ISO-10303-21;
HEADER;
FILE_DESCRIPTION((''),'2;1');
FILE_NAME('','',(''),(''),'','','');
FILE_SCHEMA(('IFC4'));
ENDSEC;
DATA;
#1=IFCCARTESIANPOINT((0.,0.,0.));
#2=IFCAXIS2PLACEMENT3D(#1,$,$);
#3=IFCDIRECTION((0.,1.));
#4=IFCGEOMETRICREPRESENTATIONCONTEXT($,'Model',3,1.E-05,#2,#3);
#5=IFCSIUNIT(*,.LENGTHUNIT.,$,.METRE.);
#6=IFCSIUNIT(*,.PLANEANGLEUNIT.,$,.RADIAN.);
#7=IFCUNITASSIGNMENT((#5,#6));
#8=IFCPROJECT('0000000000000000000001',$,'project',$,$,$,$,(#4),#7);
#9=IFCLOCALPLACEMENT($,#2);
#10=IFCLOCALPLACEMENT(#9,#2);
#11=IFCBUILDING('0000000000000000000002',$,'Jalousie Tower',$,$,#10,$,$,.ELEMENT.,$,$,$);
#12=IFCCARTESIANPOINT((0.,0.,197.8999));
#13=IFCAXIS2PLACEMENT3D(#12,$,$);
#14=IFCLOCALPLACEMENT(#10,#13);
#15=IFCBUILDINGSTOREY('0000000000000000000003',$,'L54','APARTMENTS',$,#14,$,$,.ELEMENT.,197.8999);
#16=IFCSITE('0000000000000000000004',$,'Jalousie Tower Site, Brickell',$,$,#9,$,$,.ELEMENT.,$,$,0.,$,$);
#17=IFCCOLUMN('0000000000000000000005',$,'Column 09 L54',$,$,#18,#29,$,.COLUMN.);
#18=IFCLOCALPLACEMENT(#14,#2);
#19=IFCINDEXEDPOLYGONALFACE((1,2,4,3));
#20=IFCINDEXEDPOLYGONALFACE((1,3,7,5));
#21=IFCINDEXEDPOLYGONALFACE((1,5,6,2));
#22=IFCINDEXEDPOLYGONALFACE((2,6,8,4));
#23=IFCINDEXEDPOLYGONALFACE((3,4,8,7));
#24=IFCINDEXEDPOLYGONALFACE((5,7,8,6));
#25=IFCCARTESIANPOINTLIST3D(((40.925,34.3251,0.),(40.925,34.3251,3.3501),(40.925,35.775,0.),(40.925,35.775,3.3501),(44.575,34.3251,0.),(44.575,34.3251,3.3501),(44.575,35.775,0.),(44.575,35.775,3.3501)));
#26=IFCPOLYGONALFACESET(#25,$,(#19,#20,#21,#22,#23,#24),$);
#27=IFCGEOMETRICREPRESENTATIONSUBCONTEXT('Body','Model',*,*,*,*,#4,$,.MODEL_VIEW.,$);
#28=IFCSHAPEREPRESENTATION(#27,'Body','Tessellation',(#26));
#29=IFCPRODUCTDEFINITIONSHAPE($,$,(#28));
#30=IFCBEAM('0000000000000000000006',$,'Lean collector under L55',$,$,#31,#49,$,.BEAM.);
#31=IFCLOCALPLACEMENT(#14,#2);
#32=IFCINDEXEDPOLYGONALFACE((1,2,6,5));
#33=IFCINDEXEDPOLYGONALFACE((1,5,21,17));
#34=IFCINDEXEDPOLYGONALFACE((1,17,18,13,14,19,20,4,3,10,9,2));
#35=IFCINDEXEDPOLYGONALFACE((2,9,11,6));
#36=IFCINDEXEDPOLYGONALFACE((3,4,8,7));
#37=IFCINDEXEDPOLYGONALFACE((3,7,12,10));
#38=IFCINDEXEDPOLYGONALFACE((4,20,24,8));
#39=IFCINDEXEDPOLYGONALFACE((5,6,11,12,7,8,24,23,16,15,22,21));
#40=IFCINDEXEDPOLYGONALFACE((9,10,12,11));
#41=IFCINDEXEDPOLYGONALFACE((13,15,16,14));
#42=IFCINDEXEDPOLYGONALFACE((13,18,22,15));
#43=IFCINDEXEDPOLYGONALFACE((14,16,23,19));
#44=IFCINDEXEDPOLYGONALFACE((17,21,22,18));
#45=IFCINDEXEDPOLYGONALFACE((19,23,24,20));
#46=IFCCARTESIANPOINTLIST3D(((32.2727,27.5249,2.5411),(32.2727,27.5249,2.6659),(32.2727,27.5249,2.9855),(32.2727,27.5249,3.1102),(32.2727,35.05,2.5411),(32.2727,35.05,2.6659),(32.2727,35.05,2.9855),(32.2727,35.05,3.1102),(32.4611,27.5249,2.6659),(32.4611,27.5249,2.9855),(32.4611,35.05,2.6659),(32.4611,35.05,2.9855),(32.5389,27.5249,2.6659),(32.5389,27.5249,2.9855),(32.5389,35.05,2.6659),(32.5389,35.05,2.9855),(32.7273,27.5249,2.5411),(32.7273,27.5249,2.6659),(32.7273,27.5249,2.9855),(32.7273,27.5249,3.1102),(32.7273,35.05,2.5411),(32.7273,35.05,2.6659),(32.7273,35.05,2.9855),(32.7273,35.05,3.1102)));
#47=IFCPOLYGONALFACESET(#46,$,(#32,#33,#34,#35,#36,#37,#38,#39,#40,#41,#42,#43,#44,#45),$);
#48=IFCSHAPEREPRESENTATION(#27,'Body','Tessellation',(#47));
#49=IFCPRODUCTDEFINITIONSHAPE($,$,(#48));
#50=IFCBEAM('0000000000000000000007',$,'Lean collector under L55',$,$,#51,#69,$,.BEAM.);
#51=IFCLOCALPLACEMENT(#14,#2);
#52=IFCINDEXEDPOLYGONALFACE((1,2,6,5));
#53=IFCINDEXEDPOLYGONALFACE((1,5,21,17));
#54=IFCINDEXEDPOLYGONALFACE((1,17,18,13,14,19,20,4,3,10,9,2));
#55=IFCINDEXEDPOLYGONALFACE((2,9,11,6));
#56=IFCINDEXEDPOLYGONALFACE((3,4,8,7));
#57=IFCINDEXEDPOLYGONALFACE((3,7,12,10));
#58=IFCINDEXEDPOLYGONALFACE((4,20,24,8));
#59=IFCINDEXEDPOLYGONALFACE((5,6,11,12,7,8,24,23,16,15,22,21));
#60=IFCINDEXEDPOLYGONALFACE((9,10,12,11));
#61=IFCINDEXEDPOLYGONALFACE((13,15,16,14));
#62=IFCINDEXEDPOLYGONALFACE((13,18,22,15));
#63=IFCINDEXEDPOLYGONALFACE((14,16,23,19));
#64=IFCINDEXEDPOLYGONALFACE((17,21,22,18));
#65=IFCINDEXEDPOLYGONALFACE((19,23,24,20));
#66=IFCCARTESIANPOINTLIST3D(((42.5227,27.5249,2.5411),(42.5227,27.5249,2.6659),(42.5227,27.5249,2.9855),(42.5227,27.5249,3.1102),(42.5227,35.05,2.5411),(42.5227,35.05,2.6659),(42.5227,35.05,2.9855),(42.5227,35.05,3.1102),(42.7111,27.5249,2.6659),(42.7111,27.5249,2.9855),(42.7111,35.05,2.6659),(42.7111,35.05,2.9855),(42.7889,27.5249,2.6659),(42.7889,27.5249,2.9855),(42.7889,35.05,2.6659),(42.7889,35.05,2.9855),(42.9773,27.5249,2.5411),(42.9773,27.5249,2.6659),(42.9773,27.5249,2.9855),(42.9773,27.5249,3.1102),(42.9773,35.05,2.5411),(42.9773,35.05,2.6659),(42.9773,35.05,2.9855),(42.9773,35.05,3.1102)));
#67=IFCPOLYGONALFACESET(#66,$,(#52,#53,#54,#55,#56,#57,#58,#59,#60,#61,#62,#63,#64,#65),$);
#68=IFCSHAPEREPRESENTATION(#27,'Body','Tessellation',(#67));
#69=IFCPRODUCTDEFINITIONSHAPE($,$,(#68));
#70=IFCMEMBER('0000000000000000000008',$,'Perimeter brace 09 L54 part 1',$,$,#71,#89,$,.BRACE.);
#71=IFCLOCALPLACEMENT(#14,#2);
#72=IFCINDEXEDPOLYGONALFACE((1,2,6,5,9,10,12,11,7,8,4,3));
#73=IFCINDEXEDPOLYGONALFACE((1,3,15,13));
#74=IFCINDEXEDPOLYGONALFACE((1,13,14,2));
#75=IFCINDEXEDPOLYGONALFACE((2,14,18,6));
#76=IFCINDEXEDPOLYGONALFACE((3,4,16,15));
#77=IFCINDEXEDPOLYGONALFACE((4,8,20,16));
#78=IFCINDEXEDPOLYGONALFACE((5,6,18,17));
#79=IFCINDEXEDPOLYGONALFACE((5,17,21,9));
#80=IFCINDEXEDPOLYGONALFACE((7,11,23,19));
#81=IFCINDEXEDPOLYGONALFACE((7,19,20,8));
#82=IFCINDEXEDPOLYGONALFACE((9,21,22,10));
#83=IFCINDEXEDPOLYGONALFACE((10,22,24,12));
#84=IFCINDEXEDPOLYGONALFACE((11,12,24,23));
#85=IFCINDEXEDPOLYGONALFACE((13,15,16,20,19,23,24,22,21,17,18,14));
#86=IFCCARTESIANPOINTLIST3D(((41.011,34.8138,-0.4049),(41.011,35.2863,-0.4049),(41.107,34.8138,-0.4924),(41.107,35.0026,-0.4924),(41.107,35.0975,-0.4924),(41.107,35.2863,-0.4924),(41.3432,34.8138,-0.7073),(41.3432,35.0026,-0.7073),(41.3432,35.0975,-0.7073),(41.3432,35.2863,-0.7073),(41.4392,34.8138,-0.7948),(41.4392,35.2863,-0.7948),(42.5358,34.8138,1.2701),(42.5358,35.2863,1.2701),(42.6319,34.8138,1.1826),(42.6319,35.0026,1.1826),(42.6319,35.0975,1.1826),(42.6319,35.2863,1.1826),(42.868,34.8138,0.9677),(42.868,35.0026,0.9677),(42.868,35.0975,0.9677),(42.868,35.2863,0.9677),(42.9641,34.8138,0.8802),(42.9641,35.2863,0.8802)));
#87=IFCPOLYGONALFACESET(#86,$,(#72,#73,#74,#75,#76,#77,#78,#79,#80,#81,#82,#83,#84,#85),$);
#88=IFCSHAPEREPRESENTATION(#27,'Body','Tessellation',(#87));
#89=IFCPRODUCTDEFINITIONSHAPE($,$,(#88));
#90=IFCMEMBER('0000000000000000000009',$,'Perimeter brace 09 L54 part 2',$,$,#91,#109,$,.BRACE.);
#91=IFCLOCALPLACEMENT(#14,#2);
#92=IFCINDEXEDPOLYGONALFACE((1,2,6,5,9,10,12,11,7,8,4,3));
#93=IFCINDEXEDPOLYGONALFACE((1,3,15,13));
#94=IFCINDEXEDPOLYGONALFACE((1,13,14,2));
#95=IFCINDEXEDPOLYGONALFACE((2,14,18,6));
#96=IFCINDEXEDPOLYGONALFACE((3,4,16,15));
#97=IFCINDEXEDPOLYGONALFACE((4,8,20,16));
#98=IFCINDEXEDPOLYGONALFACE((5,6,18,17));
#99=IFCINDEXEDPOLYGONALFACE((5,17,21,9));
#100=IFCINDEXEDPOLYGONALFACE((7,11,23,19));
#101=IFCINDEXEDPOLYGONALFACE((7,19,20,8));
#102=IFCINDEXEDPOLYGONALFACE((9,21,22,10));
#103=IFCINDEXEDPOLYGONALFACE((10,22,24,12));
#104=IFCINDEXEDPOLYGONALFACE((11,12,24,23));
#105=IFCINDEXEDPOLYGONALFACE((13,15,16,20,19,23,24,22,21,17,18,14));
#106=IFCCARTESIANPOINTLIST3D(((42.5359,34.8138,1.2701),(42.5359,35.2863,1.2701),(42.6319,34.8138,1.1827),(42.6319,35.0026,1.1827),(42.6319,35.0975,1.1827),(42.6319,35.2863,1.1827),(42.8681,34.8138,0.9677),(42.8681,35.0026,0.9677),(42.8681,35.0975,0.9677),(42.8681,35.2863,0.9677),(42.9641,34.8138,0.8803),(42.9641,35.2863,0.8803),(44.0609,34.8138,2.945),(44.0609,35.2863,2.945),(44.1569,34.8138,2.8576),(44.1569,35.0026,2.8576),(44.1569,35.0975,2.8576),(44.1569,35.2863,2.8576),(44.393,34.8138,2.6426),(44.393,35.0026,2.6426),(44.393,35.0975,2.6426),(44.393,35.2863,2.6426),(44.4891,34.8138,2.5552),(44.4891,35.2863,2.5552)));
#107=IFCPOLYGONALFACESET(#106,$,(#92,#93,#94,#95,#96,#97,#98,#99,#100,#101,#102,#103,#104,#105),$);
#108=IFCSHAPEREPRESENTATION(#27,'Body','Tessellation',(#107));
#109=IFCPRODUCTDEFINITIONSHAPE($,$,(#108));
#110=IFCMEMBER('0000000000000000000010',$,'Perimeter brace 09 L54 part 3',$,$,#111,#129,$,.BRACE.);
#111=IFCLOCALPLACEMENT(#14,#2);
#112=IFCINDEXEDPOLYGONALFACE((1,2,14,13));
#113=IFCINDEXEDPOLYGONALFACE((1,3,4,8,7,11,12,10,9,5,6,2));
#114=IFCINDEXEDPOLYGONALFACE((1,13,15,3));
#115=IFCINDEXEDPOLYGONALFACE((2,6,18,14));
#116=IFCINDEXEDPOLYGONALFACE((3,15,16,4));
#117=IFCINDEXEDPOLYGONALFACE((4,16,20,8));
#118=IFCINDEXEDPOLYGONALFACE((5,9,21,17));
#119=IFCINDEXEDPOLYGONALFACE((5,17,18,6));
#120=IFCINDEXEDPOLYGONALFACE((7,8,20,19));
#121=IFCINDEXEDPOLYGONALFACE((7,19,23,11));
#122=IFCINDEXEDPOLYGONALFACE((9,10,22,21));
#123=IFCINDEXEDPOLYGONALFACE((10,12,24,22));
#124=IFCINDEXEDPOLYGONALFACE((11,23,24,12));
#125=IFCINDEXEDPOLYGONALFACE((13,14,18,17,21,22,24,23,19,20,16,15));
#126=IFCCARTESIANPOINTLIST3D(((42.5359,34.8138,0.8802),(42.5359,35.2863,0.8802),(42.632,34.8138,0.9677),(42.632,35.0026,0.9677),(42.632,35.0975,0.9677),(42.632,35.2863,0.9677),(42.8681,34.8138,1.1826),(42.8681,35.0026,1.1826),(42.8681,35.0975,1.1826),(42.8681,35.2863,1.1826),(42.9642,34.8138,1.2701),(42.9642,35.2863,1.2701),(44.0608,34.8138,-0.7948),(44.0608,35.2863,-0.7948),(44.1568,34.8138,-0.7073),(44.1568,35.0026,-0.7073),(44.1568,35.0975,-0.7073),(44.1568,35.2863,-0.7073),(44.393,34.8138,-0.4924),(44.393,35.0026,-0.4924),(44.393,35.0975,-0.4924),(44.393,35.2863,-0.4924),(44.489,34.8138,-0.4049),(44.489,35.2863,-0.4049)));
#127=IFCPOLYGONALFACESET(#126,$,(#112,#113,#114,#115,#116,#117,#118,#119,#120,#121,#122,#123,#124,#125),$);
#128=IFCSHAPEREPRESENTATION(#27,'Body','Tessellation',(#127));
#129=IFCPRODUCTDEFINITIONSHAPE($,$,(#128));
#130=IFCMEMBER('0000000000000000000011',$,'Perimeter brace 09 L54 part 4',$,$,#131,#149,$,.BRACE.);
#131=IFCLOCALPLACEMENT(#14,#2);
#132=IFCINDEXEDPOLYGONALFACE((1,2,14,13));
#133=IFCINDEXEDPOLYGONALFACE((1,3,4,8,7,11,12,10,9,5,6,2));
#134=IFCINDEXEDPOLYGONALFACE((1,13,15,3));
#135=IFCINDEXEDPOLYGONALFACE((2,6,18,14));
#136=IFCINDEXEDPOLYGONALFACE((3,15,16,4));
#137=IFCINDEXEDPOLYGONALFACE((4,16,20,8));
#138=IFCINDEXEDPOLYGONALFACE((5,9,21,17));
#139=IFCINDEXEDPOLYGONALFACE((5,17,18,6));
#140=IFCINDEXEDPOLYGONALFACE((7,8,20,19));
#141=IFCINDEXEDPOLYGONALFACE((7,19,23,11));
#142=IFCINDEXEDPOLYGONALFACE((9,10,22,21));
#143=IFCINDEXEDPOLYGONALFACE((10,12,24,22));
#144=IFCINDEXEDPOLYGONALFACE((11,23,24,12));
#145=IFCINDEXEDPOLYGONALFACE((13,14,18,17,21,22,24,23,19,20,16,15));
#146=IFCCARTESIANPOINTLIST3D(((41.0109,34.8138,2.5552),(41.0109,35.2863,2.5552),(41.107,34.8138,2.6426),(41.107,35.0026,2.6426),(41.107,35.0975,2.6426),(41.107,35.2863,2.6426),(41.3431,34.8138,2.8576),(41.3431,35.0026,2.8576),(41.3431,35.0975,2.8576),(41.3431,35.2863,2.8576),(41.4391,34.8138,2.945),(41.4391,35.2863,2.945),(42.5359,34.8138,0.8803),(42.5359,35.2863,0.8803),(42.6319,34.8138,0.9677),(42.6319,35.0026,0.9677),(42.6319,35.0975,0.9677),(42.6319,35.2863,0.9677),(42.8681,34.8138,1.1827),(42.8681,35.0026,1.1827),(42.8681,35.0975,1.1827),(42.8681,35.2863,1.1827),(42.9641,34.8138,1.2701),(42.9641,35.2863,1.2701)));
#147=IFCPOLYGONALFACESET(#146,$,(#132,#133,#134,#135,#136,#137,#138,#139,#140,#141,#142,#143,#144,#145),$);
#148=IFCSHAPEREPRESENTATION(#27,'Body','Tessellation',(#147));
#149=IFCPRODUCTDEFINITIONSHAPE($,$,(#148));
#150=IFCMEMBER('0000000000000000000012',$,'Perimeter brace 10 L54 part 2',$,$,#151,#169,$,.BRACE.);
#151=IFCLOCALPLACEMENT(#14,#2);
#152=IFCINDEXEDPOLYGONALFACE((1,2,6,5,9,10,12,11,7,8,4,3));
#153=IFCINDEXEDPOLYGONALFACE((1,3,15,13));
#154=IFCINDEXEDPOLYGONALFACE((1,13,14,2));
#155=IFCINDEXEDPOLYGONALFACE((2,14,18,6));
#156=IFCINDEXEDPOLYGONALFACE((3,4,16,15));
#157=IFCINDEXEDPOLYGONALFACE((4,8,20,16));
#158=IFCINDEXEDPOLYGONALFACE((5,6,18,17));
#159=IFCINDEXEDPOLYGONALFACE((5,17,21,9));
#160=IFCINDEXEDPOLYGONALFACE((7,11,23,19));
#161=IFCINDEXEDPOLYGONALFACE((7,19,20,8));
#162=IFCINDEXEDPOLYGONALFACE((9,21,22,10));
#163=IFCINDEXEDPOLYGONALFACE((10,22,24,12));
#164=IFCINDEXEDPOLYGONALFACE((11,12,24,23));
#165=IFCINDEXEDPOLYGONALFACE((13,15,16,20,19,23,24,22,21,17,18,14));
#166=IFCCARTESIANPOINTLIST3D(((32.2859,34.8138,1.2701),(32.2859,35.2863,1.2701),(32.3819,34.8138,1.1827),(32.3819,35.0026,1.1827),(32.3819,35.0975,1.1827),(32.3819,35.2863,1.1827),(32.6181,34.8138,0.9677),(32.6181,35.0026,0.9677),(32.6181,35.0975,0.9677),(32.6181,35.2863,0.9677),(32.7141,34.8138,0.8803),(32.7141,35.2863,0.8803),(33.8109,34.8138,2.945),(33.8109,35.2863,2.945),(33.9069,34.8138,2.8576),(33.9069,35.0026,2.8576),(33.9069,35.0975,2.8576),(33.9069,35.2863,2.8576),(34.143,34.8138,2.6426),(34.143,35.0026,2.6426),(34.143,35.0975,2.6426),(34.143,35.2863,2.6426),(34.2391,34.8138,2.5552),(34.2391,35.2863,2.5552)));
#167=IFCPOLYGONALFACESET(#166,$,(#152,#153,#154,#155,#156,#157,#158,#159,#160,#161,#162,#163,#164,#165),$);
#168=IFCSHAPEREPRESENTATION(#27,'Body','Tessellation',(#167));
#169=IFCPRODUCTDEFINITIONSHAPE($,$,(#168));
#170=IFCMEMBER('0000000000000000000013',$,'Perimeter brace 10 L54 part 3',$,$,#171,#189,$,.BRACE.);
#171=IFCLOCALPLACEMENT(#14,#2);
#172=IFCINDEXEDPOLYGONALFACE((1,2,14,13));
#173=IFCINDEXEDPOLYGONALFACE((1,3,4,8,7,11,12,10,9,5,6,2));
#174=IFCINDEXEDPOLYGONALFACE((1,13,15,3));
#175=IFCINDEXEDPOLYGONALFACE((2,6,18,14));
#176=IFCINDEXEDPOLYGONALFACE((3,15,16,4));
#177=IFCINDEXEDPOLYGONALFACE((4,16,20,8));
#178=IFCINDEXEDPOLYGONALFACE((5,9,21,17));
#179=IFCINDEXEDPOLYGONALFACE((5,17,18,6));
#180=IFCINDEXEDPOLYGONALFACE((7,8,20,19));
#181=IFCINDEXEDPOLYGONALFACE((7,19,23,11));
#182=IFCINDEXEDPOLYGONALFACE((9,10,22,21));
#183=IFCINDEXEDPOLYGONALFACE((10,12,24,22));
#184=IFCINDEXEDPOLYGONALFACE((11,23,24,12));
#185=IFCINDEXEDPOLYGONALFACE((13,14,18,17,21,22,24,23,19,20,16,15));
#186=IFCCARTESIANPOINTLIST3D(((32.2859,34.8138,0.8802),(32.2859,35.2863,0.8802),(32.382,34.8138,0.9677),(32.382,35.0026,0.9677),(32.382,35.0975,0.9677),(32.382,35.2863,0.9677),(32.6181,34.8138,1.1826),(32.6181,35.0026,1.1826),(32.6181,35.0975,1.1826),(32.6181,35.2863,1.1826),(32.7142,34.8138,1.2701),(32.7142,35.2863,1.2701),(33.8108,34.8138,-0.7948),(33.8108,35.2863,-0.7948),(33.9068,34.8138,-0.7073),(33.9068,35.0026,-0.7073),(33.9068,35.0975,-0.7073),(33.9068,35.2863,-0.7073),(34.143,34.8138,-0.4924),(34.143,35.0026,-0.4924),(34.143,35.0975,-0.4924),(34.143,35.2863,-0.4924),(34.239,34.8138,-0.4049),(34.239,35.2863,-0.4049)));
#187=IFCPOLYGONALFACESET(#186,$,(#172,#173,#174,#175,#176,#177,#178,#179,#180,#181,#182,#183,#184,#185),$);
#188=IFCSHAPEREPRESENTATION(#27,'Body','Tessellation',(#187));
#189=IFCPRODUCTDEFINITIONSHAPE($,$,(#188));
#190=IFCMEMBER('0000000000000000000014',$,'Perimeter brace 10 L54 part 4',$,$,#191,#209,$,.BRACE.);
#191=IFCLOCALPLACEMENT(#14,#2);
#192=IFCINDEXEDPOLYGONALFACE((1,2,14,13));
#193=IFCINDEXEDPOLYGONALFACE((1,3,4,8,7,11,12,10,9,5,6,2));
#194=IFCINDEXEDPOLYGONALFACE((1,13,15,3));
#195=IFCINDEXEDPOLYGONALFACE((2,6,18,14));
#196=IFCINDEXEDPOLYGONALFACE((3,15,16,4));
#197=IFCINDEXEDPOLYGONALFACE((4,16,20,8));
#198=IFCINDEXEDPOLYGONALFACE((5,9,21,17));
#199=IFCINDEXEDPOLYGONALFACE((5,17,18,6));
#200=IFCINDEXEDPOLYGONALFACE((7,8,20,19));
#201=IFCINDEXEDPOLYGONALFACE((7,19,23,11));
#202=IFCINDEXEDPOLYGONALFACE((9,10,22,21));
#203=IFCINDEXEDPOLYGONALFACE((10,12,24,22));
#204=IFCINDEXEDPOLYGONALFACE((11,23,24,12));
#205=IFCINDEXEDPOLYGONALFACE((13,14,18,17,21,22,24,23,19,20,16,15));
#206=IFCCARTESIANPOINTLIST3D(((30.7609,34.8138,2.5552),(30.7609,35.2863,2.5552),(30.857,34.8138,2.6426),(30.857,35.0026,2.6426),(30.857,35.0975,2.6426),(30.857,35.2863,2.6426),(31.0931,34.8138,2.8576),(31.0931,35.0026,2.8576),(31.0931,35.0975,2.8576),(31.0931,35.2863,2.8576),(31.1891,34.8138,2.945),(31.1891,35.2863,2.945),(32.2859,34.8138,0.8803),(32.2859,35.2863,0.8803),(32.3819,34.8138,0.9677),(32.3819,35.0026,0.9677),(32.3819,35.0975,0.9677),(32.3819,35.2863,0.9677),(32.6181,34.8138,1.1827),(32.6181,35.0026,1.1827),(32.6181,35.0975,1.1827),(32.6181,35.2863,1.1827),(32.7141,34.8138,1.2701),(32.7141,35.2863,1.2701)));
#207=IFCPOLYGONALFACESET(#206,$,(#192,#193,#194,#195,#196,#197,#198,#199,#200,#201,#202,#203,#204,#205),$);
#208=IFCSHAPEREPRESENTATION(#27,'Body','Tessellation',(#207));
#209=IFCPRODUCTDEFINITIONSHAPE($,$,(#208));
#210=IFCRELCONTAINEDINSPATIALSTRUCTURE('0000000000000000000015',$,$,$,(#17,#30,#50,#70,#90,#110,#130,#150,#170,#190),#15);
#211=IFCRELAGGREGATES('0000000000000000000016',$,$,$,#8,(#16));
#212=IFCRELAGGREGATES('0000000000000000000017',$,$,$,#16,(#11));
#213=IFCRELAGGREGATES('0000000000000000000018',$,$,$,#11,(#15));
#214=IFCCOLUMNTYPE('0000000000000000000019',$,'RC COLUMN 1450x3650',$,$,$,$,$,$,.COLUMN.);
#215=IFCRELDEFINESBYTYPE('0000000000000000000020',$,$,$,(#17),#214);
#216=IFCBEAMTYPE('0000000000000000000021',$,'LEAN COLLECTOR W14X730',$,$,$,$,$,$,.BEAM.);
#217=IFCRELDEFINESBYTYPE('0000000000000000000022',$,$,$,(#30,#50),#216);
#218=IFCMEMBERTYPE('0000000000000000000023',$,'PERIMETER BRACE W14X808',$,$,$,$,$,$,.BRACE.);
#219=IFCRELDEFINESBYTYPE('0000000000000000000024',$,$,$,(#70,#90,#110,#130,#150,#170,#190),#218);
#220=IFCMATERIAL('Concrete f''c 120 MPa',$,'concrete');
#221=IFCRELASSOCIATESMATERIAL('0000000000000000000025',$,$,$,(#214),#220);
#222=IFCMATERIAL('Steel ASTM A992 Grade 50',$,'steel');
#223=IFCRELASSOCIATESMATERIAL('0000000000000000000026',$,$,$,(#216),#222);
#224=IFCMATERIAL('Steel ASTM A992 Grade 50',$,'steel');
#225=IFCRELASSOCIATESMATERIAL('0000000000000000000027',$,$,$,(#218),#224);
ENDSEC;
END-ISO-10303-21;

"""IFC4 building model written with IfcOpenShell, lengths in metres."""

from ifc_helpers import new_model, si_unit, direction, frame, origin, origin_2d, place, context, subcontext, project, spatial, rectangle, i_section, extrude, material, material_profile, profile_set, type_object, element, save


model = new_model("IFC4")

# Units and contexts
model_context = context("Model", 3, precision=1e-05, world=origin(), true_north=direction((0.0, 1.0)))
body_context = subcontext(model_context, "Body", "Model", "MODEL_VIEW")
ifc_project = project(units=[si_unit("LENGTHUNIT", "METRE"), si_unit("PLANEANGLEUNIT", "RADIAN")], contexts=[model_context])

# Site, building, storey
site_placement = place(None, origin())
site = spatial("IfcSite", under=ifc_project, at=site_placement, Name="Jalousie Tower Site, Brickell", CompositionType="ELEMENT", RefElevation=0.0)
building_placement = place(site_placement, origin())
building = spatial("IfcBuilding", under=site, at=building_placement, Name="Jalousie Tower", CompositionType="ELEMENT")
storey_placement = place(building_placement, frame((0.0, 0.0, 197.8999)))
storey = spatial("IfcBuildingStorey", under=building, at=storey_placement, Name="L54", Description="APARTMENTS", CompositionType="ELEMENT", Elevation=197.8999)

# Column
ifc_material_1 = material(Name="Concrete f'c 120 MPa", Category="concrete")
ifc_material_profile_1 = material_profile(ifc_material_1, rectangle(XDim=1.45, YDim=3.6499, at=origin_2d()), Name="RC 1450x3650")
ifc_profile_set_1 = profile_set([ifc_material_profile_1], Name="Concrete f'c 120 MPa")
column_type = type_object("IfcColumnType", Name="RC COLUMN 1450x3650", PredefinedType="COLUMN", material=ifc_profile_set_1)
column_placement = place(storey_placement, frame((42.75, 35.05, 0.0), z_axis=(0.0, 0.0, 1.0), x_axis=(0.0, 1.0, 0.0)))
element("IfcColumn", 1, at=column_placement, inside=storey, type_object=column_type, Name="Column 09 L54", PredefinedType="COLUMN", context=body_context, shape_type="SweptSolid", body=[
    extrude(rectangle(XDim=1.45, YDim=3.6499, at=origin_2d()), origin(), (0.0, 0.0, 1.0), 3.3501),
])

# Beams
ifc_material_2 = material(Name="Steel ASTM A992 Grade 50", Category="steel")
ifc_material_profile_2 = material_profile(ifc_material_2, i_section(OverallWidth=0.4546, OverallDepth=0.5691, WebThickness=0.0779, FlangeThickness=0.1248, at=origin_2d()), Name="W14X730")
ifc_profile_set_2 = profile_set([ifc_material_profile_2], Name="Steel ASTM A992 Grade 50")
beam_type_1 = type_object("IfcBeamType", Name="LEAN COLLECTOR W14X730", PredefinedType="BEAM", material=ifc_profile_set_2)
for number, where, z_axis, x_axis, name in (
    (2, (32.5, 35.05, 2.8257), (0.0, -1.0, 0.0), (1.0, 0.0, 0.0), "Lean collector under L55"),
    (3, (42.75, 35.05, 2.8257), (0.0, -1.0, 0.0), (1.0, 0.0, 0.0), "Lean collector under L55"),
):
    element("IfcBeam", number, at=place(storey_placement, frame(where, z_axis=z_axis, x_axis=x_axis)), inside=storey, type_object=beam_type_1, Name=name, PredefinedType="BEAM", context=body_context, shape_type="SweptSolid", body=[
        extrude(i_section(OverallWidth=0.4546, OverallDepth=0.5691, WebThickness=0.0779, FlangeThickness=0.1248, at=origin_2d()), origin(), (0.0, 0.0, 1.0), 7.5251),
    ])

# Members
ifc_material_3 = material(Name="Steel ASTM A992 Grade 50", Category="steel")
ifc_material_profile_3 = material_profile(ifc_material_3, i_section(OverallWidth=0.4724, OverallDepth=0.5791, WebThickness=0.095, FlangeThickness=0.1299, at=origin_2d()), Name="W14X808")
ifc_profile_set_3 = profile_set([ifc_material_profile_3], Name="Steel ASTM A992 Grade 50")
member_type_1 = type_object("IfcMemberType", Name="PERIMETER BRACE W14X808", PredefinedType="BRACE", material=ifc_profile_set_3)
for number, where, z_axis, x_axis, name in (
    (4, (41.2251, 35.05, -0.5999), (0.673188, 0.0, 0.739472), (0.0, 1.0, 0.0), "Perimeter brace 09 L54 part 1"),
    (5, (42.75, 35.05, 1.0752), (0.673241, 0.0, 0.739423), (0.0, 1.0, 0.0), "Perimeter brace 09 L54 part 2"),
    (6, (44.2749, 35.05, -0.5999), (-0.673188, 0.0, 0.739472), (0.0, -1.0, 0.0), "Perimeter brace 09 L54 part 3"),
    (7, (42.75, 35.05, 1.0752), (-0.673241, 0.0, 0.739423), (0.0, -1.0, 0.0), "Perimeter brace 09 L54 part 4"),
    (8, (32.5, 35.05, 1.0752), (0.673241, 0.0, 0.739423), (0.0, 1.0, 0.0), "Perimeter brace 10 L54 part 2"),
    (9, (34.0249, 35.05, -0.5999), (-0.673188, 0.0, 0.739472), (0.0, -1.0, 0.0), "Perimeter brace 10 L54 part 3"),
    (10, (32.5, 35.05, 1.0752), (-0.673241, 0.0, 0.739423), (0.0, -1.0, 0.0), "Perimeter brace 10 L54 part 4"),
):
    element("IfcMember", number, at=place(storey_placement, frame(where, z_axis=z_axis, x_axis=x_axis)), inside=storey, type_object=member_type_1, Name=name, PredefinedType="BRACE", context=body_context, shape_type="SweptSolid", body=[
        extrude(i_section(OverallWidth=0.4724, OverallDepth=0.5791, WebThickness=0.095, FlangeThickness=0.1299, at=origin_2d()), origin(), (0.0, 0.0, 1.0), 2.2651),
    ])

save(model, "model.ifc")
